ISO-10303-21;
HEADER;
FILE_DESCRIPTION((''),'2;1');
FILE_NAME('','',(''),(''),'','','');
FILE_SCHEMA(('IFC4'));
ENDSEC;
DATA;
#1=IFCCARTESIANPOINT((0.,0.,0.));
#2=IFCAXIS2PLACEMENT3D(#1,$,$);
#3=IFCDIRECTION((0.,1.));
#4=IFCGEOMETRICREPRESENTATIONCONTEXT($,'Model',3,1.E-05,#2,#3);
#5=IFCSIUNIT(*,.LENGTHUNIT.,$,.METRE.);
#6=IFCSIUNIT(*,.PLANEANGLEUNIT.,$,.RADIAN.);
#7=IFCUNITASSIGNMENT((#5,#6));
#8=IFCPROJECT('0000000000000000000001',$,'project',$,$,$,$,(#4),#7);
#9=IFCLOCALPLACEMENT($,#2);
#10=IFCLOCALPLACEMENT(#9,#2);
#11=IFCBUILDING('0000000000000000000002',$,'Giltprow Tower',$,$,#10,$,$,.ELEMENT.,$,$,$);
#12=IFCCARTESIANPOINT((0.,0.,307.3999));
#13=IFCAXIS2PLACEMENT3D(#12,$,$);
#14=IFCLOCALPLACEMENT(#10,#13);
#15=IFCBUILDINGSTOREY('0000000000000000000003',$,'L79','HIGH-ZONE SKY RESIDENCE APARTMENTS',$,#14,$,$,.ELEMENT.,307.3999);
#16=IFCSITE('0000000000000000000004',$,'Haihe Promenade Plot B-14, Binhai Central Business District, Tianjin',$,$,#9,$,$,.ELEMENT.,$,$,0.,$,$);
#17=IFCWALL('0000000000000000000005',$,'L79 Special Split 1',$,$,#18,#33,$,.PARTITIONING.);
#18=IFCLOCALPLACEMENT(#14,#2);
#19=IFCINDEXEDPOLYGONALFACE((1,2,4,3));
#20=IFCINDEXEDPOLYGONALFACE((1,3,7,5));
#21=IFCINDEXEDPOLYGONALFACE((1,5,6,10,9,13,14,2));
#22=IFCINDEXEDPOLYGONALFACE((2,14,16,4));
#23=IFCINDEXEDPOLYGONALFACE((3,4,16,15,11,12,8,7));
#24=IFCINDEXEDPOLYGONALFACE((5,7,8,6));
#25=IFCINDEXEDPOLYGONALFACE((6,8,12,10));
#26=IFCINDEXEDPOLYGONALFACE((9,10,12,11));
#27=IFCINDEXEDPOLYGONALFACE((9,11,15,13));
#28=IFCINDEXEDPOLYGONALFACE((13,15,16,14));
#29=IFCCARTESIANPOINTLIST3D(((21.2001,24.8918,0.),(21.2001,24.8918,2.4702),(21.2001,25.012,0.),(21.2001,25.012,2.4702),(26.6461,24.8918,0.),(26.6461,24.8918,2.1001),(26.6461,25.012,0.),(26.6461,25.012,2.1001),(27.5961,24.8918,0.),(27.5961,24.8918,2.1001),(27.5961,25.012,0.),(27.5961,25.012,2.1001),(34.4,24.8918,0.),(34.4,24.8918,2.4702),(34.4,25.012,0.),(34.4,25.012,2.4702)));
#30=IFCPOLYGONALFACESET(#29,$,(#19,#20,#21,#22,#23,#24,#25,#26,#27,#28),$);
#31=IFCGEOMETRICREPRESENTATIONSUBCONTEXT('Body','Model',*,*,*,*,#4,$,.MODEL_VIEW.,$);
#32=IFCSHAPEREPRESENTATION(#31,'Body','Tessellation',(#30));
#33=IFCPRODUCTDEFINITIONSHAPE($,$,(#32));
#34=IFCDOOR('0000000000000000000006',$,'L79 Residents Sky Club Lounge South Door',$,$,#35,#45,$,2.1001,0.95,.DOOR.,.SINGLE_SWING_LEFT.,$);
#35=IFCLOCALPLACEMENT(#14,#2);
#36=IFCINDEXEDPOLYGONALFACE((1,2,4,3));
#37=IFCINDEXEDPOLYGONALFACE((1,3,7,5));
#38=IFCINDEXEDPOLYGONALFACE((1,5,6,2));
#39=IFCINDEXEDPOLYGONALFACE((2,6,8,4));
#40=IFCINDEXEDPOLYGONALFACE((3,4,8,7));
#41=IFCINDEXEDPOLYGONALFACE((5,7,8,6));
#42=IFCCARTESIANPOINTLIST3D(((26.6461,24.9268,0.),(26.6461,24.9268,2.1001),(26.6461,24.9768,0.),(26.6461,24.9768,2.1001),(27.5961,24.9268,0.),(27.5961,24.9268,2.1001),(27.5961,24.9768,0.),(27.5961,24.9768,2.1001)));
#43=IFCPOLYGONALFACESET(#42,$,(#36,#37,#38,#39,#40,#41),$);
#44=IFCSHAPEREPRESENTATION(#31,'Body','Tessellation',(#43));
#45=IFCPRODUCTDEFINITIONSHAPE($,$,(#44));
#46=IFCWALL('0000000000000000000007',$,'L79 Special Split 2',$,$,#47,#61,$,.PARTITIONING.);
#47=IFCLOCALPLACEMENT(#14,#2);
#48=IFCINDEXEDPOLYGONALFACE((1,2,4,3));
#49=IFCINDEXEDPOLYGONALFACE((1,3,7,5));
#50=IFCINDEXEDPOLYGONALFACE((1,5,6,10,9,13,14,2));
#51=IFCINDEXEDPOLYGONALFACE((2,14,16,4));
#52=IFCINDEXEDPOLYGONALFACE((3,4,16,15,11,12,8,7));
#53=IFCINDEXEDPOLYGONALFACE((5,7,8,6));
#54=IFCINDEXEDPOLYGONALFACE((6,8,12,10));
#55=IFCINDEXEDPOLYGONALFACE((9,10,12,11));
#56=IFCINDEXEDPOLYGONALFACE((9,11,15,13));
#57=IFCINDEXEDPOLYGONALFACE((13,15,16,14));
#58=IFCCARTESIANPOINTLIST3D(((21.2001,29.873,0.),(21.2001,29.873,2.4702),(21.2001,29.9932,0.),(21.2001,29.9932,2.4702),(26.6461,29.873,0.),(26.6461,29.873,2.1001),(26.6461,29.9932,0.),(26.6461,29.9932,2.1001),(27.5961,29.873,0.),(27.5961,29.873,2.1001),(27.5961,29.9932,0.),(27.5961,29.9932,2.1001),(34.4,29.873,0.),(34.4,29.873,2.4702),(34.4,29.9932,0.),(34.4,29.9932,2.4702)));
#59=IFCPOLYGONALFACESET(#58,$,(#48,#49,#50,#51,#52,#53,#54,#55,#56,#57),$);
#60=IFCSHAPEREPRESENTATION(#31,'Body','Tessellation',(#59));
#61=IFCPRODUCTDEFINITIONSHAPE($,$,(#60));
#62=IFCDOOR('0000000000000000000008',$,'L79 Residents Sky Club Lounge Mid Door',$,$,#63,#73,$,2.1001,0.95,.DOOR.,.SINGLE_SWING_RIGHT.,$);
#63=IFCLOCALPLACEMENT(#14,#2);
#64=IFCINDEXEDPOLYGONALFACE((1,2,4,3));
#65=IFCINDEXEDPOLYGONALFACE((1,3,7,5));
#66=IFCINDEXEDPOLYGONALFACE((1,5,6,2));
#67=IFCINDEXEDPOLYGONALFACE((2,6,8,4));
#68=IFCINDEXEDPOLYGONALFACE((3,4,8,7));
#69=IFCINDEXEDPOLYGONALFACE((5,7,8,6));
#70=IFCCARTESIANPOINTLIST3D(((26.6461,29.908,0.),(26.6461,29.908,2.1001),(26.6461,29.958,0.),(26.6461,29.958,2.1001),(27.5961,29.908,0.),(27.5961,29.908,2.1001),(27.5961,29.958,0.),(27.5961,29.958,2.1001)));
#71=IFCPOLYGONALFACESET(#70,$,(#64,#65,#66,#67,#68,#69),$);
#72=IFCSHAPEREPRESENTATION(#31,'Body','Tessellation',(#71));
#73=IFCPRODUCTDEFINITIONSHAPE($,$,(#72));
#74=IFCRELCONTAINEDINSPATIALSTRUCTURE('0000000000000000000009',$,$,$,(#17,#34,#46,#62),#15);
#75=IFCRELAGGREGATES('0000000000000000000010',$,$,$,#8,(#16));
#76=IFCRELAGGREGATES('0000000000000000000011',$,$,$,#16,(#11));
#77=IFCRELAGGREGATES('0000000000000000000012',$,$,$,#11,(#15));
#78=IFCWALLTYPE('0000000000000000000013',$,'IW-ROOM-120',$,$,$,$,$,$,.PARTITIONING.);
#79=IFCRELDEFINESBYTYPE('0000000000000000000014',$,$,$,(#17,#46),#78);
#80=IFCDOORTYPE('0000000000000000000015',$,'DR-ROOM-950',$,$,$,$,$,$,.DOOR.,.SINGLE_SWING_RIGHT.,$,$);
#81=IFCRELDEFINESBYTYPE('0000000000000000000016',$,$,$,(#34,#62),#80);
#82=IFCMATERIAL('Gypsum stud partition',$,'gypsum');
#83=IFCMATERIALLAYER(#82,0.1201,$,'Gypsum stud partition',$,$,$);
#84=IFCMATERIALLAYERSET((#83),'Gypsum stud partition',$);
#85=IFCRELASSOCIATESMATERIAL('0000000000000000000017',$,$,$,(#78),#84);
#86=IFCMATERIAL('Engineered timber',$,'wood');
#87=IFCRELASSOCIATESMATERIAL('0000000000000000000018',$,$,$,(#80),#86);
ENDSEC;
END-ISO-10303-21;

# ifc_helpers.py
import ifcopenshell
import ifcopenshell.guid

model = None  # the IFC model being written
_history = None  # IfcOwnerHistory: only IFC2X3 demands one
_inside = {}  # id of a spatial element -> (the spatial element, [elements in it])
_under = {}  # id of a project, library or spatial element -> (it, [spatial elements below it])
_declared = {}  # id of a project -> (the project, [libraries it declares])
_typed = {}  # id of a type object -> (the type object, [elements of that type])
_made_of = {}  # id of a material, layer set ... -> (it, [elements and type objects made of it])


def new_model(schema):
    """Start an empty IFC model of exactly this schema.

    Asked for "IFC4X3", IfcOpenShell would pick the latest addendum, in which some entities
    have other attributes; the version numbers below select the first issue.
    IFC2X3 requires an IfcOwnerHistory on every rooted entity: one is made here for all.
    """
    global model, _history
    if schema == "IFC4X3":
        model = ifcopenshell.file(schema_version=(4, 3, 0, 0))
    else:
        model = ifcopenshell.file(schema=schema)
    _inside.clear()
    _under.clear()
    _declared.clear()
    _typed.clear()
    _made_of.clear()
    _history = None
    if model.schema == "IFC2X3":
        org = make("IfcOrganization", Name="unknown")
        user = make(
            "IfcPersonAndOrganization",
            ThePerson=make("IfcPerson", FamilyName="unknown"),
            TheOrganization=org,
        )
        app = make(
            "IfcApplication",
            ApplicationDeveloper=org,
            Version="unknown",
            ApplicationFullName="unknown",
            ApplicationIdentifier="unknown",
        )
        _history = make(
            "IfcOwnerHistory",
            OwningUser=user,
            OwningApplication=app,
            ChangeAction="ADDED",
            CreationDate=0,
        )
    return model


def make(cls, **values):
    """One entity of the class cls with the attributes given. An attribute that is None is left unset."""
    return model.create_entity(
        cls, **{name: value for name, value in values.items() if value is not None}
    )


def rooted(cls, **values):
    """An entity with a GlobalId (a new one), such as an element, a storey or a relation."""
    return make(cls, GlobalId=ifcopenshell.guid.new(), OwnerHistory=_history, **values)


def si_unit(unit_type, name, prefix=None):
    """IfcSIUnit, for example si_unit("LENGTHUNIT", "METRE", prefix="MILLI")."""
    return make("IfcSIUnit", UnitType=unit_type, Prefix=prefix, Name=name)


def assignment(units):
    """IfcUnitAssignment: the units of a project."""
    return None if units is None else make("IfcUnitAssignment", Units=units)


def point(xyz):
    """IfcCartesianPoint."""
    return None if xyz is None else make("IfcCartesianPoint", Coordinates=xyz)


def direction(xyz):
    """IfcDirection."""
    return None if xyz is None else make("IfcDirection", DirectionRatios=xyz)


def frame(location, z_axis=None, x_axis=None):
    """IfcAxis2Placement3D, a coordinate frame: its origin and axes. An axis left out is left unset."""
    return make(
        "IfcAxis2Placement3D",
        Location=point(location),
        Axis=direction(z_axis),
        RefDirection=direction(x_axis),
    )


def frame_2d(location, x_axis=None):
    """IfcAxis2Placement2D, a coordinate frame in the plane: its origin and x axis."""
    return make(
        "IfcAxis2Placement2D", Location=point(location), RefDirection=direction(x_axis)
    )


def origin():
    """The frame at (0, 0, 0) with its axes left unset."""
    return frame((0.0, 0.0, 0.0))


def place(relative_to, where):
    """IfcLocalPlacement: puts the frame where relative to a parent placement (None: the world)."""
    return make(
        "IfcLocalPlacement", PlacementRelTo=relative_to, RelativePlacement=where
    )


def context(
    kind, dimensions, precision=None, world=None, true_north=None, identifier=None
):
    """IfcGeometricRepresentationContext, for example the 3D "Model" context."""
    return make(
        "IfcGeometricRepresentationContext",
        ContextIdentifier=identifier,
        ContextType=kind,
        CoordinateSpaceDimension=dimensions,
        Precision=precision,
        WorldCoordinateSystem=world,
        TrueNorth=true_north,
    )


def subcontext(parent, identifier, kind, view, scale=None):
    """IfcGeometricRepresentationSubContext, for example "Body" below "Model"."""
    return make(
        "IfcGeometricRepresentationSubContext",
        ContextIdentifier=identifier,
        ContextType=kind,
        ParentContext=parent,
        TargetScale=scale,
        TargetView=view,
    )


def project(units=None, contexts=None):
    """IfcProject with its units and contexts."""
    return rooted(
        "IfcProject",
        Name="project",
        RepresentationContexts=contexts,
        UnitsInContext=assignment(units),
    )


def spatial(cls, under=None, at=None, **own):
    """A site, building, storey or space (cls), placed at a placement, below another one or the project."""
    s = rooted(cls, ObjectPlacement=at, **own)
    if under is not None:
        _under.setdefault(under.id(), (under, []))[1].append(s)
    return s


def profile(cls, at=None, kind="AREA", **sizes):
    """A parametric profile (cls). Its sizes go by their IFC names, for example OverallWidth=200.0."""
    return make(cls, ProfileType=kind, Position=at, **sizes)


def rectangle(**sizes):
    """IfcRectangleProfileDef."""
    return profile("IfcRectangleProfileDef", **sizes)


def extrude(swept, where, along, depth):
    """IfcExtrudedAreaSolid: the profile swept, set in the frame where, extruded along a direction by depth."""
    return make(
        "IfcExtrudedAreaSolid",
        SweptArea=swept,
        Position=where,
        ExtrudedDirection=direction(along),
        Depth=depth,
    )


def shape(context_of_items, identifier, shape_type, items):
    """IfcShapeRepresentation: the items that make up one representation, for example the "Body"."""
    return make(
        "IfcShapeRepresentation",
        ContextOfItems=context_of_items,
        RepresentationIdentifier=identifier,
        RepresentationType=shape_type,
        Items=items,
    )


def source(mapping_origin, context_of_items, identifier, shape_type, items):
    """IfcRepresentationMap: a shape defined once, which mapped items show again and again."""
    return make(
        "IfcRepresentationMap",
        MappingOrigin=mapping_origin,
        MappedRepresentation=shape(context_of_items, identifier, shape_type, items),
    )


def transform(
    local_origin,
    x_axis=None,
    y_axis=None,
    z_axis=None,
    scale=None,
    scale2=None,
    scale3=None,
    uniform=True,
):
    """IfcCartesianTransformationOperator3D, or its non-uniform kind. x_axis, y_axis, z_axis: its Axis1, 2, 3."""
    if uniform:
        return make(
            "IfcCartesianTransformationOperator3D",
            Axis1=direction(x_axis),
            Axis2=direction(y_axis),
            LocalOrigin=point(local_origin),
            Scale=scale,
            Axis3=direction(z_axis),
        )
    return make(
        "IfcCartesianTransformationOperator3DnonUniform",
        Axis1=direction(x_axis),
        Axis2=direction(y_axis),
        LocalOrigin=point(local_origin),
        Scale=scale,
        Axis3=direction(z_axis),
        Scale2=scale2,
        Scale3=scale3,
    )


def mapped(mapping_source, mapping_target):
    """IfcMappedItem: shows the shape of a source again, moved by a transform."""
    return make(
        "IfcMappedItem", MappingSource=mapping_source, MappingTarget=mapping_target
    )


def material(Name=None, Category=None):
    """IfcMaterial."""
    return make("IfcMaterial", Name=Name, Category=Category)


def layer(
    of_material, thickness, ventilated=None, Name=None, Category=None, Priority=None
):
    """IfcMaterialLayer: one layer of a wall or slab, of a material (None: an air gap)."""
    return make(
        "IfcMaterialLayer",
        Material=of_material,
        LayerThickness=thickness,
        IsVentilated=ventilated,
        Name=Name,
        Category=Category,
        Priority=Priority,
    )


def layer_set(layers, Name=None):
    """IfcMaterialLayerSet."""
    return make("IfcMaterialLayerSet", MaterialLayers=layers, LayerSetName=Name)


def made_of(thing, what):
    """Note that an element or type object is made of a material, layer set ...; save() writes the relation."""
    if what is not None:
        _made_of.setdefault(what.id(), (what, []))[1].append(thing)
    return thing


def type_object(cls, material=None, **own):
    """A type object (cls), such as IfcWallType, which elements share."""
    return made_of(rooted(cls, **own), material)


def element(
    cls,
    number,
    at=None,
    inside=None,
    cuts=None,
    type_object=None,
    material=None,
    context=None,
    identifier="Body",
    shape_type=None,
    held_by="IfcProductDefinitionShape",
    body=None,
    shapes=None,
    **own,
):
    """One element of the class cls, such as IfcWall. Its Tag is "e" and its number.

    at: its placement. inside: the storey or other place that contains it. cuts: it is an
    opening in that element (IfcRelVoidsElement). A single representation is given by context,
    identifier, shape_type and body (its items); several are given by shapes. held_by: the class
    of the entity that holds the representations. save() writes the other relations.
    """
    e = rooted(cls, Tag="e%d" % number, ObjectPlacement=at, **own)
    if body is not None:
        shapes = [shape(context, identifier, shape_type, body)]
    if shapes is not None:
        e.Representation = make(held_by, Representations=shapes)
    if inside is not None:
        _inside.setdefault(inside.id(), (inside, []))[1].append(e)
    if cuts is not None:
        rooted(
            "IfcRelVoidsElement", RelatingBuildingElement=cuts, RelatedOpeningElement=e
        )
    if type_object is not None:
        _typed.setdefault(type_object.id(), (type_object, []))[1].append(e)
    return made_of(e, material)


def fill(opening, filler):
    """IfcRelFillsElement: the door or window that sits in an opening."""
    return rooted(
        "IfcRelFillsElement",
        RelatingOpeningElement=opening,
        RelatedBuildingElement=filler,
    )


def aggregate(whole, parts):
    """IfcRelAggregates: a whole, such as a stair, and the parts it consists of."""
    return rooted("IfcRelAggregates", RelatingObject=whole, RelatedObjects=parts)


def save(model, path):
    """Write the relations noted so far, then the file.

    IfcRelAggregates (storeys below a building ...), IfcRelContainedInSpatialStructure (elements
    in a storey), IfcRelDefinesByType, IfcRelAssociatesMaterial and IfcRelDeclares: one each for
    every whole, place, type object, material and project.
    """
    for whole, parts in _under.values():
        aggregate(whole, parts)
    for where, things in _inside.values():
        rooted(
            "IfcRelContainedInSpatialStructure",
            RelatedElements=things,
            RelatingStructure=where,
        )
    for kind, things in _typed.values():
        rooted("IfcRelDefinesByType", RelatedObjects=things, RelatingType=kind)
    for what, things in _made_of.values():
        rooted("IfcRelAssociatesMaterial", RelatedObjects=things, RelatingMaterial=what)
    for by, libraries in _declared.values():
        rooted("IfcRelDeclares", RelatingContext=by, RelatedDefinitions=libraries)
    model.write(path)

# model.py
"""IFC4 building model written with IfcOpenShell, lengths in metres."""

from ifc_helpers import new_model, si_unit, direction, frame, frame_2d, origin, place, context, subcontext, project, spatial, rectangle, extrude, source, transform, mapped, material, layer, layer_set, type_object, element, fill, save


model = new_model("IFC4")

# Units and contexts
model_context = context("Model", 3, precision=1e-05, world=origin(), true_north=direction((0.0, 1.0)))
body_context = subcontext(model_context, "Body", "Model", "MODEL_VIEW")
ifc_project = project(units=[si_unit("LENGTHUNIT", "METRE"), si_unit("PLANEANGLEUNIT", "RADIAN")], contexts=[model_context])

# Site, building, storey
site_placement = place(None, origin())
site = spatial("IfcSite", under=ifc_project, at=site_placement, Name="Haihe Promenade Plot B-14, Binhai Central Business District, Tianjin", CompositionType="ELEMENT", RefElevation=0.0)
building_placement = place(site_placement, origin())
building = spatial("IfcBuilding", under=site, at=building_placement, Name="Giltprow Tower", CompositionType="ELEMENT")
storey_placement = place(building_placement, frame((0.0, 0.0, 307.3999)))
storey = spatial("IfcBuildingStorey", under=building, at=storey_placement, Name="L79", Description="HIGH-ZONE SKY RESIDENCE APARTMENTS", CompositionType="ELEMENT", Elevation=307.3999)

# Shared definitions
ifc_material_1 = material(Name="Gypsum stud partition", Category="gypsum")

# Walls, openings, doors
ifc_layer_1 = layer(ifc_material_1, 0.1201, Name="Gypsum stud partition")
ifc_layer_set_1 = layer_set([ifc_layer_1], Name="Gypsum stud partition")
wall_type_1 = type_object("IfcWallType", Name="IW-ROOM-120", PredefinedType="PARTITIONING", material=ifc_layer_set_1)
wall_1_placement = place(storey_placement, frame((21.2, 24.9519, 0.0), z_axis=(0.0, 0.0, 1.0), x_axis=(1.0, 0.0, 0.0)))
wall_1 = element("IfcWall", 1, at=wall_1_placement, inside=storey, type_object=wall_type_1, Name="L79 Special Split 1", PredefinedType="PARTITIONING", context=body_context, shape_type="SweptSolid", body=[
    extrude(rectangle(XDim=13.2, YDim=0.1201, at=frame_2d((6.6001, 0.0))), origin(), (0.0, 0.0, 1.0), 2.4702),
])
opening_1_placement = place(wall_1_placement, frame((5.446, 0.0, 0.0)))
opening_1 = element("IfcOpeningElement", 2, at=opening_1_placement, cuts=wall_1, PredefinedType="OPENING", context=body_context, shape_type="SweptSolid", body=[
    extrude(rectangle(XDim=0.95, YDim=2.1001, at=frame_2d((0.4751, 1.05))), frame((0.0, 0.0701, 0.0), z_axis=(0.0, -1.0, 0.0), x_axis=(1.0, 0.0, 0.0)), (0.0, 0.0, 1.0), 0.1401),
])
ifc_material_2 = material(Name="Engineered timber", Category="wood")
door_type_1 = type_object("IfcDoorType", Name="DR-ROOM-950", OperationType="SINGLE_SWING_RIGHT", PredefinedType="DOOR", material=ifc_material_2)
shared_shape_1 = source(origin(), body_context, "Body", "SweptSolid", [
    extrude(rectangle(XDim=0.95, YDim=2.1001, at=frame_2d((0.4751, 1.05))), frame((0.0, 0.0249, 0.0), z_axis=(0.0, -1.0, 0.0), x_axis=(1.0, 0.0, 0.0)), (0.0, 0.0, 1.0), 0.05),
])
door_1_placement = place(opening_1_placement, origin())
door_1 = element("IfcDoor", 3, at=door_1_placement, inside=storey, type_object=door_type_1, Name="L79 Residents Sky Club Lounge South Door", OperationType="SINGLE_SWING_LEFT", OverallHeight=2.1001, OverallWidth=0.95, PredefinedType="DOOR", context=body_context, shape_type="MappedRepresentation", body=[
    mapped(shared_shape_1, transform((0.0, 0.0, 0.0), x_axis=(1.0, 0.0, 0.0), y_axis=(0.0, 1.0, 0.0), z_axis=(0.0, 0.0, 1.0), scale=1.0)),
])
fill(opening_1, door_1)
wall_2_placement = place(storey_placement, frame((21.2, 29.9331, 0.0), z_axis=(0.0, 0.0, 1.0), x_axis=(1.0, 0.0, 0.0)))
wall_2 = element("IfcWall", 4, at=wall_2_placement, inside=storey, type_object=wall_type_1, Name="L79 Special Split 2", PredefinedType="PARTITIONING", context=body_context, shape_type="SweptSolid", body=[
    extrude(rectangle(XDim=13.2, YDim=0.1201, at=frame_2d((6.6001, 0.0))), origin(), (0.0, 0.0, 1.0), 2.4702),
])
opening_2_placement = place(wall_2_placement, frame((5.446, 0.0, 0.0)))
opening_2 = element("IfcOpeningElement", 5, at=opening_2_placement, cuts=wall_2, PredefinedType="OPENING", context=body_context, shape_type="SweptSolid", body=[
    extrude(rectangle(XDim=0.95, YDim=2.1001, at=frame_2d((0.4751, 1.05))), frame((0.0, 0.0701, 0.0), z_axis=(0.0, -1.0, 0.0), x_axis=(1.0, 0.0, 0.0)), (0.0, 0.0, 1.0), 0.1401),
])
door_2_placement = place(opening_2_placement, origin())
door_2 = element("IfcDoor", 6, at=door_2_placement, inside=storey, type_object=door_type_1, Name="L79 Residents Sky Club Lounge Mid Door", OperationType="SINGLE_SWING_RIGHT", OverallHeight=2.1001, OverallWidth=0.95, PredefinedType="DOOR", context=body_context, shape_type="MappedRepresentation", body=[
    mapped(shared_shape_1, transform((0.0, 0.0, 0.0), x_axis=(1.0, 0.0, 0.0), y_axis=(0.0, 1.0, 0.0), z_axis=(0.0, 0.0, 1.0), scale=1.0)),
])
fill(opening_2, door_2)

save(model, "model.ifc")
